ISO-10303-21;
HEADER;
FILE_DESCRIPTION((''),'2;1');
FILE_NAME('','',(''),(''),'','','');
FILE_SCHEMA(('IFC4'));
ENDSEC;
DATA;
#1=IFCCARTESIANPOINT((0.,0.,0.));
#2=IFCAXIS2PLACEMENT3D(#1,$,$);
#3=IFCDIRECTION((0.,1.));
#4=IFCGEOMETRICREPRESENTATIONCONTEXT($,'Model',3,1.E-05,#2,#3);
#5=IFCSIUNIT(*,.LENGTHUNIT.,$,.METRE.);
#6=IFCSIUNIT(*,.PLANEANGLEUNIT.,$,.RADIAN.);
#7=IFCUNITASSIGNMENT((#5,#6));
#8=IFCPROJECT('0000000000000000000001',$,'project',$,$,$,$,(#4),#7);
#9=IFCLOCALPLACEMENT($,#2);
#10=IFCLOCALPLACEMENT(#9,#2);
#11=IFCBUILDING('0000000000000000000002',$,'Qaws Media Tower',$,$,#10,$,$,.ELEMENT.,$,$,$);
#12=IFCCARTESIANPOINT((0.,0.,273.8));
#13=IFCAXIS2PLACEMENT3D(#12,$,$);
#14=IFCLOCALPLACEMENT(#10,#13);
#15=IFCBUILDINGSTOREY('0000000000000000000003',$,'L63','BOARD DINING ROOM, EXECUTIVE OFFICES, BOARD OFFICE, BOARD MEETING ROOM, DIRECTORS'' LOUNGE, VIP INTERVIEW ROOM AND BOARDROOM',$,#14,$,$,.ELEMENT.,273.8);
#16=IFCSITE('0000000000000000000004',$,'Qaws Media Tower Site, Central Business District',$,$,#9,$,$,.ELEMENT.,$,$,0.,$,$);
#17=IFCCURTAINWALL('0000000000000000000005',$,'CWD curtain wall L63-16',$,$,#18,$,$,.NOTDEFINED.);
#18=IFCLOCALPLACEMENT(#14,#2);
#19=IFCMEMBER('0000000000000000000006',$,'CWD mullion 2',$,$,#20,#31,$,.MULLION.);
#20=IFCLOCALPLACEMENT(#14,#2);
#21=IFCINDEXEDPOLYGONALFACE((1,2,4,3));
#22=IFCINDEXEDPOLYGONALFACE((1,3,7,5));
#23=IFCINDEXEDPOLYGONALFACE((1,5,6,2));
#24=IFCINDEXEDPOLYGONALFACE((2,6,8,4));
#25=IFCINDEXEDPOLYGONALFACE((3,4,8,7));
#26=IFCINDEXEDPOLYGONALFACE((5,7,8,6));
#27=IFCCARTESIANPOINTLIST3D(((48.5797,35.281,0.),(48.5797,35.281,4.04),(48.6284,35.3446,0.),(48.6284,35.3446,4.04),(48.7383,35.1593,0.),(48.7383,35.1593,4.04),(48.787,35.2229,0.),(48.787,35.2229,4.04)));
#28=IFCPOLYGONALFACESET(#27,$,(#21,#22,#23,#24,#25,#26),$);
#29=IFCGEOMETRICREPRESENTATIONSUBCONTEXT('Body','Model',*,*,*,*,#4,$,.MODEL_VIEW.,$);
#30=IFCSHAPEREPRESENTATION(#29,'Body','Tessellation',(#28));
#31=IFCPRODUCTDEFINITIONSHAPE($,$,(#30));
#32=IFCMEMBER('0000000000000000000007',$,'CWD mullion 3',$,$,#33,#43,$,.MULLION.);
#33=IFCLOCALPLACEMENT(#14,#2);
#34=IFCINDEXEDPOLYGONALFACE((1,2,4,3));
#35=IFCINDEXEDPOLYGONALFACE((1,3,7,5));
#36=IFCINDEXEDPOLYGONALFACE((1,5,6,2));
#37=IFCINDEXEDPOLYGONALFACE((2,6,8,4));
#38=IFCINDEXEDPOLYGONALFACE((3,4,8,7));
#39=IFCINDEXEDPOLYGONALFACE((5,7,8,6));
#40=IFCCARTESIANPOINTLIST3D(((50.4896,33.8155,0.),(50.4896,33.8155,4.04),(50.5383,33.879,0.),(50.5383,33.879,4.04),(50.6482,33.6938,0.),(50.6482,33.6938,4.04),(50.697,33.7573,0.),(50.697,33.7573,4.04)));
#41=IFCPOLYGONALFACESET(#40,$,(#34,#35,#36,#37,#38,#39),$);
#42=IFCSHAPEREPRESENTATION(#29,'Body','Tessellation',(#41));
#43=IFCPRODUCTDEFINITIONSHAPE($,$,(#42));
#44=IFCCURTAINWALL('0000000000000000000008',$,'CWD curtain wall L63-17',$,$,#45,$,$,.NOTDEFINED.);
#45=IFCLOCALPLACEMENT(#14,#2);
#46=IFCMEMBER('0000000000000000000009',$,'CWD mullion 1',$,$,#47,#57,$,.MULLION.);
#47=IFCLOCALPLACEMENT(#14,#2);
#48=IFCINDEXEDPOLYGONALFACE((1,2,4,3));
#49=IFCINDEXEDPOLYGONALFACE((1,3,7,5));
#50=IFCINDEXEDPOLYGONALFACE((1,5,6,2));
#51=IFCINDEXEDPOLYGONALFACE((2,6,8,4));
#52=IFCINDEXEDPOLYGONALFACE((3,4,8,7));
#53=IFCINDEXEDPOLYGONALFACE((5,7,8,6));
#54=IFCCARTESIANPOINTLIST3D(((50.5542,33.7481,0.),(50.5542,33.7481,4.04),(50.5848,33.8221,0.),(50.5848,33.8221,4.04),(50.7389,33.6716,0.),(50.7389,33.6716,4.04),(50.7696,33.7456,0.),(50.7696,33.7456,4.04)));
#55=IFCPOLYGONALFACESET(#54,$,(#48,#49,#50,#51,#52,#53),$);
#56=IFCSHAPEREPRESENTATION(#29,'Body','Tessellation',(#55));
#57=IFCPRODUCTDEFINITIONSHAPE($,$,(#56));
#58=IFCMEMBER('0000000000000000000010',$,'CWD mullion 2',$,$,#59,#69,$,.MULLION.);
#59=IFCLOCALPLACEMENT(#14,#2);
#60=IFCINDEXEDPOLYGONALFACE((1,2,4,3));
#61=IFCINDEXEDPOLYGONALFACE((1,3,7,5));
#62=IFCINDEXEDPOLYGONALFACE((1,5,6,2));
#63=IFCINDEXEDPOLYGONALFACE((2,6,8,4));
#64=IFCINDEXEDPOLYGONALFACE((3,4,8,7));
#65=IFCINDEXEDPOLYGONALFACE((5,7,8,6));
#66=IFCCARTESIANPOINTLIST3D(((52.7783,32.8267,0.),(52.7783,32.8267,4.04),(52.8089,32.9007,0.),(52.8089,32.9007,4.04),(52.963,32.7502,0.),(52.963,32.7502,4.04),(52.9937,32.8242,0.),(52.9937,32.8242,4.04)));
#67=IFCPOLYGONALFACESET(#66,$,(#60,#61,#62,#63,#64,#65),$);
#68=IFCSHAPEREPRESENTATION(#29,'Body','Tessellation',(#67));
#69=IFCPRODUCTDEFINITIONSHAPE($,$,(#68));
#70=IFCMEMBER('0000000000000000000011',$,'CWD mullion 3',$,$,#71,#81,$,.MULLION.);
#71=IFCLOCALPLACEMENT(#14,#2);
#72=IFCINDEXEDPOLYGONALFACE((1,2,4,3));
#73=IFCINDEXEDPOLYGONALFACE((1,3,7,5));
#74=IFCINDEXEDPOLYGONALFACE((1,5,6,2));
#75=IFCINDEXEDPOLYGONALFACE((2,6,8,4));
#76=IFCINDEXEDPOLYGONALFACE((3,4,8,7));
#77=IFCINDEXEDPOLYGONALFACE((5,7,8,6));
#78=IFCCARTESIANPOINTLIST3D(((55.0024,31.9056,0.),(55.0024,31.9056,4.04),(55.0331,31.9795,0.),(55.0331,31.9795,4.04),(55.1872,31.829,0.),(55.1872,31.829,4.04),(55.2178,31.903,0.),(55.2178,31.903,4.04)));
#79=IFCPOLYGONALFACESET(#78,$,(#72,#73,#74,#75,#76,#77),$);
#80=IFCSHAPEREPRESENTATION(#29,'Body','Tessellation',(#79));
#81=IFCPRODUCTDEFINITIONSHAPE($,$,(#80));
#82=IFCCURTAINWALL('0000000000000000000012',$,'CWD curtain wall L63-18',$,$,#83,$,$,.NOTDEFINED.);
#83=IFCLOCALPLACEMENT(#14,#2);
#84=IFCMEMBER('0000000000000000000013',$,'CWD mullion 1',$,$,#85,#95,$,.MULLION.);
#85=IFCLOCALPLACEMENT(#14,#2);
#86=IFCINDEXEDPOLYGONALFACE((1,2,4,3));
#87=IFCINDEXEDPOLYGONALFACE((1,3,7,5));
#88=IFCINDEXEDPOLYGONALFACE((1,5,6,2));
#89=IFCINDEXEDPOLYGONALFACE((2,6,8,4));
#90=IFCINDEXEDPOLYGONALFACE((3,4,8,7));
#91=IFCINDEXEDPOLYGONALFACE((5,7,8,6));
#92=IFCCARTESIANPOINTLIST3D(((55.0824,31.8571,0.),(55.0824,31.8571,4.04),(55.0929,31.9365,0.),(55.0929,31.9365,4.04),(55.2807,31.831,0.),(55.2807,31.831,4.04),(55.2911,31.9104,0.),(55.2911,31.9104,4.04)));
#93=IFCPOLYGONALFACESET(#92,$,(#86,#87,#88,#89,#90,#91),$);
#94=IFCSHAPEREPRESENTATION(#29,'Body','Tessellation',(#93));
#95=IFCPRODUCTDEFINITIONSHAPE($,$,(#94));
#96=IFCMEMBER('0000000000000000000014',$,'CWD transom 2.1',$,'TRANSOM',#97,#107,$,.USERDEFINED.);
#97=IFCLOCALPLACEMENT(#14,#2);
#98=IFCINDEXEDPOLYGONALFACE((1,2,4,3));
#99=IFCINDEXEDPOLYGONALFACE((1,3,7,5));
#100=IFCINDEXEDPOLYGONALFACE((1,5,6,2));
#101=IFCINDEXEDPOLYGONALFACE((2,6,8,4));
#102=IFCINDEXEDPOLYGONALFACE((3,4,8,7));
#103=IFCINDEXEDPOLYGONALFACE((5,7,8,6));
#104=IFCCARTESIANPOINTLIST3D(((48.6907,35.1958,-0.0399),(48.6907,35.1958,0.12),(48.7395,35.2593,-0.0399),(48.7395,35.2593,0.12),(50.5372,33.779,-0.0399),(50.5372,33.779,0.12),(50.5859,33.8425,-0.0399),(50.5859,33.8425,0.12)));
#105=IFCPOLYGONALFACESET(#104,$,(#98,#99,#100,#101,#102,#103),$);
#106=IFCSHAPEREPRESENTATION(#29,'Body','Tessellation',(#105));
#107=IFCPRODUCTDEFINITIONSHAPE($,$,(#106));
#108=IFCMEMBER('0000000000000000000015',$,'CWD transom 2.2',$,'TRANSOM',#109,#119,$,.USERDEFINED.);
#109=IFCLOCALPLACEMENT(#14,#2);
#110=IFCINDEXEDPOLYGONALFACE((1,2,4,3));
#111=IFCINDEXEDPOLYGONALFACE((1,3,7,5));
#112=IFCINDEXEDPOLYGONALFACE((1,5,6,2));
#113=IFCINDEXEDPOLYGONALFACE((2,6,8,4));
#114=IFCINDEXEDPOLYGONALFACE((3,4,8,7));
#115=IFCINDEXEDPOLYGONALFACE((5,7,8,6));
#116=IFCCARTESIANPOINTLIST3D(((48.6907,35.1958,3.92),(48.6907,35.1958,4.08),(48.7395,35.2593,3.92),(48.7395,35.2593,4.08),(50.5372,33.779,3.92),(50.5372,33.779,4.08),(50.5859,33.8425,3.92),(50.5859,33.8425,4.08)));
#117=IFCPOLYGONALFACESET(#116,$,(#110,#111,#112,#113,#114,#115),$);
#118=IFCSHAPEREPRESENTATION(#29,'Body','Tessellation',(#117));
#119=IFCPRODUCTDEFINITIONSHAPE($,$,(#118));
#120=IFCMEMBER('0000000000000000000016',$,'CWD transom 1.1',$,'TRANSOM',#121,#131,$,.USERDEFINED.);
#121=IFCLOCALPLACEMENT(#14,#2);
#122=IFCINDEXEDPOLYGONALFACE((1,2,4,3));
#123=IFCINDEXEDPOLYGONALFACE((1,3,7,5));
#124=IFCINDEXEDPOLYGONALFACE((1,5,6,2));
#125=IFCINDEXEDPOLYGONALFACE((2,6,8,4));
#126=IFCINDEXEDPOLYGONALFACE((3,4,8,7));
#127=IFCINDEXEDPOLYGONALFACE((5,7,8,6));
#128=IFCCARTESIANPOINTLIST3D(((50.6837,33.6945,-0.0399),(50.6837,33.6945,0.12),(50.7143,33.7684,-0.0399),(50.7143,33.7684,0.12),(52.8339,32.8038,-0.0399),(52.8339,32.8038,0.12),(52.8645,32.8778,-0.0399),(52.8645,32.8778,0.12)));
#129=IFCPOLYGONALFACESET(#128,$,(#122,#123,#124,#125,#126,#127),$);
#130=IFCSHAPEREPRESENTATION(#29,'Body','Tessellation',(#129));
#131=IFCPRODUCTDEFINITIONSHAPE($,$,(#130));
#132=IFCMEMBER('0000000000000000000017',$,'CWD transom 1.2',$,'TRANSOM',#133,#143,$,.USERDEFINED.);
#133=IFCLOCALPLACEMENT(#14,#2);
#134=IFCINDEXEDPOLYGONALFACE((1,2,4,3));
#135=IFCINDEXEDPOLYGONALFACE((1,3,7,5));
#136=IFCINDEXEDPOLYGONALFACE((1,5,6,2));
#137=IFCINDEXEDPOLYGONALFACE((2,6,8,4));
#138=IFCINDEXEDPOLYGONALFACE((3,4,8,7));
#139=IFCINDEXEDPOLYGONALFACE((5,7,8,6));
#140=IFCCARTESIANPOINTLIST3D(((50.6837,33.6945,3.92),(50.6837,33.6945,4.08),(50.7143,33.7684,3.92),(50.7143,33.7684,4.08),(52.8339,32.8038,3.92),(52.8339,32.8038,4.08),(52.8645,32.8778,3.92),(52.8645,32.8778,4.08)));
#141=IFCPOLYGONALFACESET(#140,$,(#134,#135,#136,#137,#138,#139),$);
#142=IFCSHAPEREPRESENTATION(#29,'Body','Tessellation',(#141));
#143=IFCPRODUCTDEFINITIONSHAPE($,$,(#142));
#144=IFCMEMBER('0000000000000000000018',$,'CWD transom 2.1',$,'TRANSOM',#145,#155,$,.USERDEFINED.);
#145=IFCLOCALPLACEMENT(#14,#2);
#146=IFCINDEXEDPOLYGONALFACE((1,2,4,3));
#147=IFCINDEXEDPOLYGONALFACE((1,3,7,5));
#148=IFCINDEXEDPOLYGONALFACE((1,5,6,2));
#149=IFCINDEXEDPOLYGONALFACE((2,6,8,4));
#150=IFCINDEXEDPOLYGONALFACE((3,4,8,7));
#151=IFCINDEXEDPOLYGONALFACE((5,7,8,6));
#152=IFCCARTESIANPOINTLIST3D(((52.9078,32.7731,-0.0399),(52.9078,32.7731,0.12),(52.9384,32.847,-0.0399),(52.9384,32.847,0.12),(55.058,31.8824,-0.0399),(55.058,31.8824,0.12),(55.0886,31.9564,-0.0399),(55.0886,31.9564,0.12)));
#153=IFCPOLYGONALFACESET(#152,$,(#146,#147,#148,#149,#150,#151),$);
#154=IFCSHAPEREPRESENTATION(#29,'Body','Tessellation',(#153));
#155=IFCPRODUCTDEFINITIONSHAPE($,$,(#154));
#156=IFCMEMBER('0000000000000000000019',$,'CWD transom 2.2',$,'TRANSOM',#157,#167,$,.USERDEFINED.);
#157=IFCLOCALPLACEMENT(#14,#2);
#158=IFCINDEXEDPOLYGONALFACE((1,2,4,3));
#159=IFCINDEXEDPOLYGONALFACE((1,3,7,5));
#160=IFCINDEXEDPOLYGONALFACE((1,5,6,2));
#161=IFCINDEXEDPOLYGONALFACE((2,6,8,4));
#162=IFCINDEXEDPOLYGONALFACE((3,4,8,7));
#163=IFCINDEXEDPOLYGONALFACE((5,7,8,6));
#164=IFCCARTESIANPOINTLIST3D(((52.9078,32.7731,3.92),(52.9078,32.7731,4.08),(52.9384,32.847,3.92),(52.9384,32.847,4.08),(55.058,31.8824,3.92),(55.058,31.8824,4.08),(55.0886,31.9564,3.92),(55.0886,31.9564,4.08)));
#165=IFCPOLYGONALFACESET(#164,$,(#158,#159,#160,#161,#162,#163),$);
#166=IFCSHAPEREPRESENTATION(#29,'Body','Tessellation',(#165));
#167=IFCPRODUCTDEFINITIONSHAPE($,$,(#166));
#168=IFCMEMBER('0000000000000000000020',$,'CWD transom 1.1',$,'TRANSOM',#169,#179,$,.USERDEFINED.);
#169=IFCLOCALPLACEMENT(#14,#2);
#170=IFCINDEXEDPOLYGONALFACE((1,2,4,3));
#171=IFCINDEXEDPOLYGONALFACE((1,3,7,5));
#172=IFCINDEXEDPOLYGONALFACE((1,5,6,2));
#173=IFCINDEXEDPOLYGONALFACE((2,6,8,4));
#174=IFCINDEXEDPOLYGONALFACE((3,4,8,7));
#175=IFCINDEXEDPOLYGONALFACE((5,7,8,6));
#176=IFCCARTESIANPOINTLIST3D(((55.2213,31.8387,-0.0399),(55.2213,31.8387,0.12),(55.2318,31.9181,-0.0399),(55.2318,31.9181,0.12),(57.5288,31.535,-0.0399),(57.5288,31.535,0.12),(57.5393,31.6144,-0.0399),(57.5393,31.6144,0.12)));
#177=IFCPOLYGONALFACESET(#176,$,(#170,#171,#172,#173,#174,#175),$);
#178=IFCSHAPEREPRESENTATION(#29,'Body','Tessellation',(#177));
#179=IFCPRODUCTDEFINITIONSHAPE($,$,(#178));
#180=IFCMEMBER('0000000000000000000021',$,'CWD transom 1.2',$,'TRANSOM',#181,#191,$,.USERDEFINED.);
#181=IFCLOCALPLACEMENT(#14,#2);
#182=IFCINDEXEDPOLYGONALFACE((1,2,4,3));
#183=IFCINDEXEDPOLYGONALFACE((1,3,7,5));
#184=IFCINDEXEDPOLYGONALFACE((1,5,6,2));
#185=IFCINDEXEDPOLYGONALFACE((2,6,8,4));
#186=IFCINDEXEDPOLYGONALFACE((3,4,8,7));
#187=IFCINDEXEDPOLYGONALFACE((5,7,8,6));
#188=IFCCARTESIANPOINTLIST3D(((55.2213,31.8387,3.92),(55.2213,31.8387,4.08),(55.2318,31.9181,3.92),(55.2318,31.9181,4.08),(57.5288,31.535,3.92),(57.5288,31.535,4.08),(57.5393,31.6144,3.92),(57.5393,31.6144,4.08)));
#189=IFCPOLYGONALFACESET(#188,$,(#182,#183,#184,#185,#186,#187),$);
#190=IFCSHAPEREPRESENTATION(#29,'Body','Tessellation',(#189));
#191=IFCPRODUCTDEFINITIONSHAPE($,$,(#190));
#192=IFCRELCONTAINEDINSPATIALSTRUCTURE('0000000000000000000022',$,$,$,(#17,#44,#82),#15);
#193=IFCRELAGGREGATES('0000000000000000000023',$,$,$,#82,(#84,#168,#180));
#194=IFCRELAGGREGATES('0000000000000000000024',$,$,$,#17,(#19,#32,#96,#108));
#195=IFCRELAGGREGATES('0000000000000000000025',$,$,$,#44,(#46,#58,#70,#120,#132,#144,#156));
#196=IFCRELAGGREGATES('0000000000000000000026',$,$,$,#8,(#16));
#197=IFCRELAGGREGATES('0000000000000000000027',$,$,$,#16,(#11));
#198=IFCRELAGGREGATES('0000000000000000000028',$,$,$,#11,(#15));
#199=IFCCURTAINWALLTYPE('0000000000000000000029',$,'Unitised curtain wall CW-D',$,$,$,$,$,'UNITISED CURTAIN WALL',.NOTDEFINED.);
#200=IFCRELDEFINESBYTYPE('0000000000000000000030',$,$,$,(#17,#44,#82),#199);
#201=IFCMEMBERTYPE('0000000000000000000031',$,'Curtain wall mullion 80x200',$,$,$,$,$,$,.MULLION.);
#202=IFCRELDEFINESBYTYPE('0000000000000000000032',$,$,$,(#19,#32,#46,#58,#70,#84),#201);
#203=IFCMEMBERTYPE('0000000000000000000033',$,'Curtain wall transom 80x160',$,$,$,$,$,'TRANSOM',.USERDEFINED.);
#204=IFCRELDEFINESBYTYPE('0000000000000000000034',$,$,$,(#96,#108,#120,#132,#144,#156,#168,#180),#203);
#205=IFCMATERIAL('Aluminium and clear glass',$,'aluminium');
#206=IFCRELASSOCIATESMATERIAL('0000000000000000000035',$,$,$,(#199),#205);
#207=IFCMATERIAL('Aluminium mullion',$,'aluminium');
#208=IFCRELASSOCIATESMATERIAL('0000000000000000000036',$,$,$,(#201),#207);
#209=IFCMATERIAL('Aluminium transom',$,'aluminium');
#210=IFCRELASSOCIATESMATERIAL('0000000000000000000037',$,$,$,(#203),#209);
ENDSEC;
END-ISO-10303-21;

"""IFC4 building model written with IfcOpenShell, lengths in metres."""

from ifc_helpers import new_model, si_unit, direction, frame, origin, origin_2d, place, context, subcontext, project, spatial, rectangle, extrude, material, material_profile, profile_set, type_object, element, aggregate, save


model = new_model("IFC4")

# Units and contexts
model_context = context("Model", 3, precision=1e-05, world=origin(), true_north=direction((0.0, 1.0)))
body_context = subcontext(model_context, "Body", "Model", "MODEL_VIEW")
ifc_project = project(units=[si_unit("LENGTHUNIT", "METRE"), si_unit("PLANEANGLEUNIT", "RADIAN")], contexts=[model_context])

# Site, building, storey
site_placement = place(None, origin())
site = spatial("IfcSite", under=ifc_project, at=site_placement, Name="Qaws Media Tower Site, Central Business District", CompositionType="ELEMENT", RefElevation=0.0)
building_placement = place(site_placement, origin())
building = spatial("IfcBuilding", under=site, at=building_placement, Name="Qaws Media Tower", CompositionType="ELEMENT")
storey_placement = place(building_placement, frame((0.0, 0.0, 273.8)))
storey = spatial("IfcBuildingStorey", under=building, at=storey_placement, Name="L63", Description="BOARD DINING ROOM, EXECUTIVE OFFICES, BOARD OFFICE, BOARD MEETING ROOM, DIRECTORS' LOUNGE, VIP INTERVIEW ROOM AND BOARDROOM", CompositionType="ELEMENT", Elevation=273.8)

# Curtain walls, members
ifc_material_1 = material(Name="Aluminium and clear glass", Category="aluminium")
curtain_wall_type = type_object("IfcCurtainWallType", Name="Unitised curtain wall CW-D", ElementType="UNITISED CURTAIN WALL", PredefinedType="NOTDEFINED", material=ifc_material_1)
curtain_wall_1_placement = place(storey_placement, origin())
curtain_wall_1 = element("IfcCurtainWall", 1, at=curtain_wall_1_placement, inside=storey, type_object=curtain_wall_type, Name="CWD curtain wall L63-16", PredefinedType="NOTDEFINED")
ifc_material_2 = material(Name="Aluminium mullion", Category="aluminium")
ifc_material_profile_1 = material_profile(ifc_material_2, rectangle(XDim=0.0801, YDim=0.2, at=origin_2d()), Name="80x200")
ifc_profile_set_1 = profile_set([ifc_material_profile_1], Name="Aluminium mullion")
member_type_1 = type_object("IfcMemberType", Name="Curtain wall mullion 80x200", PredefinedType="MULLION", material=ifc_profile_set_1)
member_1_placement = place(storey_placement, frame((48.6833, 35.252, 0.0), z_axis=(0.0, 0.0, 1.0), x_axis=(0.608761, 0.793353, 0.0)))
member_1 = element("IfcMember", 2, at=member_1_placement, type_object=member_type_1, Name="CWD mullion 2", PredefinedType="MULLION", context=body_context, shape_type="SweptSolid", body=[
    extrude(rectangle(XDim=0.0801, YDim=0.2, at=origin_2d()), origin(), (0.0, 0.0, 1.0), 4.04),
])
member_2_placement = place(storey_placement, frame((50.5933, 33.7864, 0.0), z_axis=(0.0, 0.0, 1.0), x_axis=(0.608761, 0.793353, 0.0)))
member_2 = element("IfcMember", 3, at=member_2_placement, type_object=member_type_1, Name="CWD mullion 3", PredefinedType="MULLION", context=body_context, shape_type="SweptSolid", body=[
    extrude(rectangle(XDim=0.0801, YDim=0.2, at=origin_2d()), origin(), (0.0, 0.0, 1.0), 4.04),
])
curtain_wall_2_placement = place(storey_placement, origin())
curtain_wall_2 = element("IfcCurtainWall", 4, at=curtain_wall_2_placement, inside=storey, type_object=curtain_wall_type, Name="CWD curtain wall L63-17", PredefinedType="NOTDEFINED")
member_3_placement = place(storey_placement, frame((50.6619, 33.7468, 0.0), z_axis=(0.0, 0.0, 1.0), x_axis=(0.382683, 0.92388, 0.0)))
member_3 = element("IfcMember", 5, at=member_3_placement, type_object=member_type_1, Name="CWD mullion 1", PredefinedType="MULLION", context=body_context, shape_type="SweptSolid", body=[
    extrude(rectangle(XDim=0.0801, YDim=0.2, at=origin_2d()), origin(), (0.0, 0.0, 1.0), 4.04),
])
member_4_placement = place(storey_placement, frame((52.886, 32.8254, 0.0), z_axis=(0.0, 0.0, 1.0), x_axis=(0.382683, 0.92388, 0.0)))
member_4 = element("IfcMember", 6, at=member_4_placement, type_object=member_type_1, Name="CWD mullion 2", PredefinedType="MULLION", context=body_context, shape_type="SweptSolid", body=[
    extrude(rectangle(XDim=0.0801, YDim=0.2, at=origin_2d()), origin(), (0.0, 0.0, 1.0), 4.04),
])
member_5_placement = place(storey_placement, frame((55.1101, 31.9043, 0.0), z_axis=(0.0, 0.0, 1.0), x_axis=(0.382683, 0.92388, 0.0)))
member_5 = element("IfcMember", 7, at=member_5_placement, type_object=member_type_1, Name="CWD mullion 3", PredefinedType="MULLION", context=body_context, shape_type="SweptSolid", body=[
    extrude(rectangle(XDim=0.0801, YDim=0.2, at=origin_2d()), origin(), (0.0, 0.0, 1.0), 4.04),
])

# Curtain wall, member
curtain_wall_3_placement = place(storey_placement, origin())
curtain_wall_3 = element("IfcCurtainWall", 8, at=curtain_wall_3_placement, inside=storey, type_object=curtain_wall_type, Name="CWD curtain wall L63-18", PredefinedType="NOTDEFINED")
member_6_placement = place(storey_placement, frame((55.1868, 31.8838, 0.0), z_axis=(0.0, 0.0, 1.0), x_axis=(0.130526, 0.991445, 0.0)))
member_6 = element("IfcMember", 9, at=member_6_placement, type_object=member_type_1, Name="CWD mullion 1", PredefinedType="MULLION", context=body_context, shape_type="SweptSolid", body=[
    extrude(rectangle(XDim=0.0801, YDim=0.2, at=origin_2d()), origin(), (0.0, 0.0, 1.0), 4.04),
])

# Members
ifc_material_3 = material(Name="Aluminium transom", Category="aluminium")
ifc_material_profile_2 = material_profile(ifc_material_3, rectangle(XDim=0.0801, YDim=0.1599, at=origin_2d()), Name="80x160")
ifc_profile_set_2 = profile_set([ifc_material_profile_2], Name="Aluminium transom")
member_type_2 = type_object("IfcMemberType", Name="Curtain wall transom 80x160", ElementType="TRANSOM", PredefinedType="USERDEFINED", material=ifc_profile_set_2)
member_7_placement = place(storey_placement, frame((48.7151, 35.2275, 0.04), z_axis=(0.793368, -0.608742, 0.0), x_axis=(0.608742, 0.793368, 0.0)))
member_7 = element("IfcMember", 10, at=member_7_placement, type_object=member_type_2, Name="CWD transom 2.1", ObjectType="TRANSOM", PredefinedType="USERDEFINED", context=body_context, shape_type="SweptSolid", body=[
    extrude(rectangle(XDim=0.0801, YDim=0.1599, at=origin_2d()), origin(), (0.0, 0.0, 1.0), 2.3274),
])
member_8_placement = place(storey_placement, frame((48.7151, 35.2275, 4.0), z_axis=(0.793368, -0.608742, 0.0), x_axis=(0.608742, 0.793368, 0.0)))
member_8 = element("IfcMember", 11, at=member_8_placement, type_object=member_type_2, Name="CWD transom 2.2", ObjectType="TRANSOM", PredefinedType="USERDEFINED", context=body_context, shape_type="SweptSolid", body=[
    extrude(rectangle(XDim=0.0801, YDim=0.1599, at=origin_2d()), origin(), (0.0, 0.0, 1.0), 2.3274),
])
member_9_placement = place(storey_placement, frame((50.699, 33.7314, 0.04), z_axis=(0.923879, -0.382685, 0.0), x_axis=(0.382685, 0.923879, 0.0)))
member_9 = element("IfcMember", 12, at=member_9_placement, type_object=member_type_2, Name="CWD transom 1.1", ObjectType="TRANSOM", PredefinedType="USERDEFINED", context=body_context, shape_type="SweptSolid", body=[
    extrude(rectangle(XDim=0.0801, YDim=0.1599, at=origin_2d()), origin(), (0.0, 0.0, 1.0), 2.3274),
])
member_10_placement = place(storey_placement, frame((50.699, 33.7314, 4.0), z_axis=(0.923879, -0.382685, 0.0), x_axis=(0.382685, 0.923879, 0.0)))
member_10 = element("IfcMember", 13, at=member_10_placement, type_object=member_type_2, Name="CWD transom 1.2", ObjectType="TRANSOM", PredefinedType="USERDEFINED", context=body_context, shape_type="SweptSolid", body=[
    extrude(rectangle(XDim=0.0801, YDim=0.1599, at=origin_2d()), origin(), (0.0, 0.0, 1.0), 2.3274),
])
member_11_placement = place(storey_placement, frame((52.9231, 32.8101, 0.04), z_axis=(0.923879, -0.382685, 0.0), x_axis=(0.382685, 0.923879, 0.0)))
member_11 = element("IfcMember", 14, at=member_11_placement, type_object=member_type_2, Name="CWD transom 2.1", ObjectType="TRANSOM", PredefinedType="USERDEFINED", context=body_context, shape_type="SweptSolid", body=[
    extrude(rectangle(XDim=0.0801, YDim=0.1599, at=origin_2d()), origin(), (0.0, 0.0, 1.0), 2.3274),
])
member_12_placement = place(storey_placement, frame((52.9231, 32.8101, 4.0), z_axis=(0.923879, -0.382685, 0.0), x_axis=(0.382685, 0.923879, 0.0)))
member_12 = element("IfcMember", 15, at=member_12_placement, type_object=member_type_2, Name="CWD transom 2.2", ObjectType="TRANSOM", PredefinedType="USERDEFINED", context=body_context, shape_type="SweptSolid", body=[
    extrude(rectangle(XDim=0.0801, YDim=0.1599, at=origin_2d()), origin(), (0.0, 0.0, 1.0), 2.3274),
])
member_13_placement = place(storey_placement, frame((55.2266, 31.8784, 0.04), z_axis=(0.991448, -0.130501, 0.0), x_axis=(0.130501, 0.991448, 0.0)))
member_13 = element("IfcMember", 16, at=member_13_placement, type_object=member_type_2, Name="CWD transom 1.1", ObjectType="TRANSOM", PredefinedType="USERDEFINED", context=body_context, shape_type="SweptSolid", body=[
    extrude(rectangle(XDim=0.0801, YDim=0.1599, at=origin_2d()), origin(), (0.0, 0.0, 1.0), 2.3274),
])
member_14_placement = place(storey_placement, frame((55.2266, 31.8784, 4.0), z_axis=(0.991448, -0.130501, 0.0), x_axis=(0.130501, 0.991448, 0.0)))
member_14 = element("IfcMember", 17, at=member_14_placement, type_object=member_type_2, Name="CWD transom 1.2", ObjectType="TRANSOM", PredefinedType="USERDEFINED", context=body_context, shape_type="SweptSolid", body=[
    extrude(rectangle(XDim=0.0801, YDim=0.1599, at=origin_2d()), origin(), (0.0, 0.0, 1.0), 2.3274),
])
aggregate(curtain_wall_3, [member_6, member_13, member_14])

aggregate(curtain_wall_1, [member_1, member_2, member_7, member_8])
aggregate(curtain_wall_2, [member_3, member_4, member_5, member_9, member_10, member_11, member_12])

save(model, "model.ifc")
